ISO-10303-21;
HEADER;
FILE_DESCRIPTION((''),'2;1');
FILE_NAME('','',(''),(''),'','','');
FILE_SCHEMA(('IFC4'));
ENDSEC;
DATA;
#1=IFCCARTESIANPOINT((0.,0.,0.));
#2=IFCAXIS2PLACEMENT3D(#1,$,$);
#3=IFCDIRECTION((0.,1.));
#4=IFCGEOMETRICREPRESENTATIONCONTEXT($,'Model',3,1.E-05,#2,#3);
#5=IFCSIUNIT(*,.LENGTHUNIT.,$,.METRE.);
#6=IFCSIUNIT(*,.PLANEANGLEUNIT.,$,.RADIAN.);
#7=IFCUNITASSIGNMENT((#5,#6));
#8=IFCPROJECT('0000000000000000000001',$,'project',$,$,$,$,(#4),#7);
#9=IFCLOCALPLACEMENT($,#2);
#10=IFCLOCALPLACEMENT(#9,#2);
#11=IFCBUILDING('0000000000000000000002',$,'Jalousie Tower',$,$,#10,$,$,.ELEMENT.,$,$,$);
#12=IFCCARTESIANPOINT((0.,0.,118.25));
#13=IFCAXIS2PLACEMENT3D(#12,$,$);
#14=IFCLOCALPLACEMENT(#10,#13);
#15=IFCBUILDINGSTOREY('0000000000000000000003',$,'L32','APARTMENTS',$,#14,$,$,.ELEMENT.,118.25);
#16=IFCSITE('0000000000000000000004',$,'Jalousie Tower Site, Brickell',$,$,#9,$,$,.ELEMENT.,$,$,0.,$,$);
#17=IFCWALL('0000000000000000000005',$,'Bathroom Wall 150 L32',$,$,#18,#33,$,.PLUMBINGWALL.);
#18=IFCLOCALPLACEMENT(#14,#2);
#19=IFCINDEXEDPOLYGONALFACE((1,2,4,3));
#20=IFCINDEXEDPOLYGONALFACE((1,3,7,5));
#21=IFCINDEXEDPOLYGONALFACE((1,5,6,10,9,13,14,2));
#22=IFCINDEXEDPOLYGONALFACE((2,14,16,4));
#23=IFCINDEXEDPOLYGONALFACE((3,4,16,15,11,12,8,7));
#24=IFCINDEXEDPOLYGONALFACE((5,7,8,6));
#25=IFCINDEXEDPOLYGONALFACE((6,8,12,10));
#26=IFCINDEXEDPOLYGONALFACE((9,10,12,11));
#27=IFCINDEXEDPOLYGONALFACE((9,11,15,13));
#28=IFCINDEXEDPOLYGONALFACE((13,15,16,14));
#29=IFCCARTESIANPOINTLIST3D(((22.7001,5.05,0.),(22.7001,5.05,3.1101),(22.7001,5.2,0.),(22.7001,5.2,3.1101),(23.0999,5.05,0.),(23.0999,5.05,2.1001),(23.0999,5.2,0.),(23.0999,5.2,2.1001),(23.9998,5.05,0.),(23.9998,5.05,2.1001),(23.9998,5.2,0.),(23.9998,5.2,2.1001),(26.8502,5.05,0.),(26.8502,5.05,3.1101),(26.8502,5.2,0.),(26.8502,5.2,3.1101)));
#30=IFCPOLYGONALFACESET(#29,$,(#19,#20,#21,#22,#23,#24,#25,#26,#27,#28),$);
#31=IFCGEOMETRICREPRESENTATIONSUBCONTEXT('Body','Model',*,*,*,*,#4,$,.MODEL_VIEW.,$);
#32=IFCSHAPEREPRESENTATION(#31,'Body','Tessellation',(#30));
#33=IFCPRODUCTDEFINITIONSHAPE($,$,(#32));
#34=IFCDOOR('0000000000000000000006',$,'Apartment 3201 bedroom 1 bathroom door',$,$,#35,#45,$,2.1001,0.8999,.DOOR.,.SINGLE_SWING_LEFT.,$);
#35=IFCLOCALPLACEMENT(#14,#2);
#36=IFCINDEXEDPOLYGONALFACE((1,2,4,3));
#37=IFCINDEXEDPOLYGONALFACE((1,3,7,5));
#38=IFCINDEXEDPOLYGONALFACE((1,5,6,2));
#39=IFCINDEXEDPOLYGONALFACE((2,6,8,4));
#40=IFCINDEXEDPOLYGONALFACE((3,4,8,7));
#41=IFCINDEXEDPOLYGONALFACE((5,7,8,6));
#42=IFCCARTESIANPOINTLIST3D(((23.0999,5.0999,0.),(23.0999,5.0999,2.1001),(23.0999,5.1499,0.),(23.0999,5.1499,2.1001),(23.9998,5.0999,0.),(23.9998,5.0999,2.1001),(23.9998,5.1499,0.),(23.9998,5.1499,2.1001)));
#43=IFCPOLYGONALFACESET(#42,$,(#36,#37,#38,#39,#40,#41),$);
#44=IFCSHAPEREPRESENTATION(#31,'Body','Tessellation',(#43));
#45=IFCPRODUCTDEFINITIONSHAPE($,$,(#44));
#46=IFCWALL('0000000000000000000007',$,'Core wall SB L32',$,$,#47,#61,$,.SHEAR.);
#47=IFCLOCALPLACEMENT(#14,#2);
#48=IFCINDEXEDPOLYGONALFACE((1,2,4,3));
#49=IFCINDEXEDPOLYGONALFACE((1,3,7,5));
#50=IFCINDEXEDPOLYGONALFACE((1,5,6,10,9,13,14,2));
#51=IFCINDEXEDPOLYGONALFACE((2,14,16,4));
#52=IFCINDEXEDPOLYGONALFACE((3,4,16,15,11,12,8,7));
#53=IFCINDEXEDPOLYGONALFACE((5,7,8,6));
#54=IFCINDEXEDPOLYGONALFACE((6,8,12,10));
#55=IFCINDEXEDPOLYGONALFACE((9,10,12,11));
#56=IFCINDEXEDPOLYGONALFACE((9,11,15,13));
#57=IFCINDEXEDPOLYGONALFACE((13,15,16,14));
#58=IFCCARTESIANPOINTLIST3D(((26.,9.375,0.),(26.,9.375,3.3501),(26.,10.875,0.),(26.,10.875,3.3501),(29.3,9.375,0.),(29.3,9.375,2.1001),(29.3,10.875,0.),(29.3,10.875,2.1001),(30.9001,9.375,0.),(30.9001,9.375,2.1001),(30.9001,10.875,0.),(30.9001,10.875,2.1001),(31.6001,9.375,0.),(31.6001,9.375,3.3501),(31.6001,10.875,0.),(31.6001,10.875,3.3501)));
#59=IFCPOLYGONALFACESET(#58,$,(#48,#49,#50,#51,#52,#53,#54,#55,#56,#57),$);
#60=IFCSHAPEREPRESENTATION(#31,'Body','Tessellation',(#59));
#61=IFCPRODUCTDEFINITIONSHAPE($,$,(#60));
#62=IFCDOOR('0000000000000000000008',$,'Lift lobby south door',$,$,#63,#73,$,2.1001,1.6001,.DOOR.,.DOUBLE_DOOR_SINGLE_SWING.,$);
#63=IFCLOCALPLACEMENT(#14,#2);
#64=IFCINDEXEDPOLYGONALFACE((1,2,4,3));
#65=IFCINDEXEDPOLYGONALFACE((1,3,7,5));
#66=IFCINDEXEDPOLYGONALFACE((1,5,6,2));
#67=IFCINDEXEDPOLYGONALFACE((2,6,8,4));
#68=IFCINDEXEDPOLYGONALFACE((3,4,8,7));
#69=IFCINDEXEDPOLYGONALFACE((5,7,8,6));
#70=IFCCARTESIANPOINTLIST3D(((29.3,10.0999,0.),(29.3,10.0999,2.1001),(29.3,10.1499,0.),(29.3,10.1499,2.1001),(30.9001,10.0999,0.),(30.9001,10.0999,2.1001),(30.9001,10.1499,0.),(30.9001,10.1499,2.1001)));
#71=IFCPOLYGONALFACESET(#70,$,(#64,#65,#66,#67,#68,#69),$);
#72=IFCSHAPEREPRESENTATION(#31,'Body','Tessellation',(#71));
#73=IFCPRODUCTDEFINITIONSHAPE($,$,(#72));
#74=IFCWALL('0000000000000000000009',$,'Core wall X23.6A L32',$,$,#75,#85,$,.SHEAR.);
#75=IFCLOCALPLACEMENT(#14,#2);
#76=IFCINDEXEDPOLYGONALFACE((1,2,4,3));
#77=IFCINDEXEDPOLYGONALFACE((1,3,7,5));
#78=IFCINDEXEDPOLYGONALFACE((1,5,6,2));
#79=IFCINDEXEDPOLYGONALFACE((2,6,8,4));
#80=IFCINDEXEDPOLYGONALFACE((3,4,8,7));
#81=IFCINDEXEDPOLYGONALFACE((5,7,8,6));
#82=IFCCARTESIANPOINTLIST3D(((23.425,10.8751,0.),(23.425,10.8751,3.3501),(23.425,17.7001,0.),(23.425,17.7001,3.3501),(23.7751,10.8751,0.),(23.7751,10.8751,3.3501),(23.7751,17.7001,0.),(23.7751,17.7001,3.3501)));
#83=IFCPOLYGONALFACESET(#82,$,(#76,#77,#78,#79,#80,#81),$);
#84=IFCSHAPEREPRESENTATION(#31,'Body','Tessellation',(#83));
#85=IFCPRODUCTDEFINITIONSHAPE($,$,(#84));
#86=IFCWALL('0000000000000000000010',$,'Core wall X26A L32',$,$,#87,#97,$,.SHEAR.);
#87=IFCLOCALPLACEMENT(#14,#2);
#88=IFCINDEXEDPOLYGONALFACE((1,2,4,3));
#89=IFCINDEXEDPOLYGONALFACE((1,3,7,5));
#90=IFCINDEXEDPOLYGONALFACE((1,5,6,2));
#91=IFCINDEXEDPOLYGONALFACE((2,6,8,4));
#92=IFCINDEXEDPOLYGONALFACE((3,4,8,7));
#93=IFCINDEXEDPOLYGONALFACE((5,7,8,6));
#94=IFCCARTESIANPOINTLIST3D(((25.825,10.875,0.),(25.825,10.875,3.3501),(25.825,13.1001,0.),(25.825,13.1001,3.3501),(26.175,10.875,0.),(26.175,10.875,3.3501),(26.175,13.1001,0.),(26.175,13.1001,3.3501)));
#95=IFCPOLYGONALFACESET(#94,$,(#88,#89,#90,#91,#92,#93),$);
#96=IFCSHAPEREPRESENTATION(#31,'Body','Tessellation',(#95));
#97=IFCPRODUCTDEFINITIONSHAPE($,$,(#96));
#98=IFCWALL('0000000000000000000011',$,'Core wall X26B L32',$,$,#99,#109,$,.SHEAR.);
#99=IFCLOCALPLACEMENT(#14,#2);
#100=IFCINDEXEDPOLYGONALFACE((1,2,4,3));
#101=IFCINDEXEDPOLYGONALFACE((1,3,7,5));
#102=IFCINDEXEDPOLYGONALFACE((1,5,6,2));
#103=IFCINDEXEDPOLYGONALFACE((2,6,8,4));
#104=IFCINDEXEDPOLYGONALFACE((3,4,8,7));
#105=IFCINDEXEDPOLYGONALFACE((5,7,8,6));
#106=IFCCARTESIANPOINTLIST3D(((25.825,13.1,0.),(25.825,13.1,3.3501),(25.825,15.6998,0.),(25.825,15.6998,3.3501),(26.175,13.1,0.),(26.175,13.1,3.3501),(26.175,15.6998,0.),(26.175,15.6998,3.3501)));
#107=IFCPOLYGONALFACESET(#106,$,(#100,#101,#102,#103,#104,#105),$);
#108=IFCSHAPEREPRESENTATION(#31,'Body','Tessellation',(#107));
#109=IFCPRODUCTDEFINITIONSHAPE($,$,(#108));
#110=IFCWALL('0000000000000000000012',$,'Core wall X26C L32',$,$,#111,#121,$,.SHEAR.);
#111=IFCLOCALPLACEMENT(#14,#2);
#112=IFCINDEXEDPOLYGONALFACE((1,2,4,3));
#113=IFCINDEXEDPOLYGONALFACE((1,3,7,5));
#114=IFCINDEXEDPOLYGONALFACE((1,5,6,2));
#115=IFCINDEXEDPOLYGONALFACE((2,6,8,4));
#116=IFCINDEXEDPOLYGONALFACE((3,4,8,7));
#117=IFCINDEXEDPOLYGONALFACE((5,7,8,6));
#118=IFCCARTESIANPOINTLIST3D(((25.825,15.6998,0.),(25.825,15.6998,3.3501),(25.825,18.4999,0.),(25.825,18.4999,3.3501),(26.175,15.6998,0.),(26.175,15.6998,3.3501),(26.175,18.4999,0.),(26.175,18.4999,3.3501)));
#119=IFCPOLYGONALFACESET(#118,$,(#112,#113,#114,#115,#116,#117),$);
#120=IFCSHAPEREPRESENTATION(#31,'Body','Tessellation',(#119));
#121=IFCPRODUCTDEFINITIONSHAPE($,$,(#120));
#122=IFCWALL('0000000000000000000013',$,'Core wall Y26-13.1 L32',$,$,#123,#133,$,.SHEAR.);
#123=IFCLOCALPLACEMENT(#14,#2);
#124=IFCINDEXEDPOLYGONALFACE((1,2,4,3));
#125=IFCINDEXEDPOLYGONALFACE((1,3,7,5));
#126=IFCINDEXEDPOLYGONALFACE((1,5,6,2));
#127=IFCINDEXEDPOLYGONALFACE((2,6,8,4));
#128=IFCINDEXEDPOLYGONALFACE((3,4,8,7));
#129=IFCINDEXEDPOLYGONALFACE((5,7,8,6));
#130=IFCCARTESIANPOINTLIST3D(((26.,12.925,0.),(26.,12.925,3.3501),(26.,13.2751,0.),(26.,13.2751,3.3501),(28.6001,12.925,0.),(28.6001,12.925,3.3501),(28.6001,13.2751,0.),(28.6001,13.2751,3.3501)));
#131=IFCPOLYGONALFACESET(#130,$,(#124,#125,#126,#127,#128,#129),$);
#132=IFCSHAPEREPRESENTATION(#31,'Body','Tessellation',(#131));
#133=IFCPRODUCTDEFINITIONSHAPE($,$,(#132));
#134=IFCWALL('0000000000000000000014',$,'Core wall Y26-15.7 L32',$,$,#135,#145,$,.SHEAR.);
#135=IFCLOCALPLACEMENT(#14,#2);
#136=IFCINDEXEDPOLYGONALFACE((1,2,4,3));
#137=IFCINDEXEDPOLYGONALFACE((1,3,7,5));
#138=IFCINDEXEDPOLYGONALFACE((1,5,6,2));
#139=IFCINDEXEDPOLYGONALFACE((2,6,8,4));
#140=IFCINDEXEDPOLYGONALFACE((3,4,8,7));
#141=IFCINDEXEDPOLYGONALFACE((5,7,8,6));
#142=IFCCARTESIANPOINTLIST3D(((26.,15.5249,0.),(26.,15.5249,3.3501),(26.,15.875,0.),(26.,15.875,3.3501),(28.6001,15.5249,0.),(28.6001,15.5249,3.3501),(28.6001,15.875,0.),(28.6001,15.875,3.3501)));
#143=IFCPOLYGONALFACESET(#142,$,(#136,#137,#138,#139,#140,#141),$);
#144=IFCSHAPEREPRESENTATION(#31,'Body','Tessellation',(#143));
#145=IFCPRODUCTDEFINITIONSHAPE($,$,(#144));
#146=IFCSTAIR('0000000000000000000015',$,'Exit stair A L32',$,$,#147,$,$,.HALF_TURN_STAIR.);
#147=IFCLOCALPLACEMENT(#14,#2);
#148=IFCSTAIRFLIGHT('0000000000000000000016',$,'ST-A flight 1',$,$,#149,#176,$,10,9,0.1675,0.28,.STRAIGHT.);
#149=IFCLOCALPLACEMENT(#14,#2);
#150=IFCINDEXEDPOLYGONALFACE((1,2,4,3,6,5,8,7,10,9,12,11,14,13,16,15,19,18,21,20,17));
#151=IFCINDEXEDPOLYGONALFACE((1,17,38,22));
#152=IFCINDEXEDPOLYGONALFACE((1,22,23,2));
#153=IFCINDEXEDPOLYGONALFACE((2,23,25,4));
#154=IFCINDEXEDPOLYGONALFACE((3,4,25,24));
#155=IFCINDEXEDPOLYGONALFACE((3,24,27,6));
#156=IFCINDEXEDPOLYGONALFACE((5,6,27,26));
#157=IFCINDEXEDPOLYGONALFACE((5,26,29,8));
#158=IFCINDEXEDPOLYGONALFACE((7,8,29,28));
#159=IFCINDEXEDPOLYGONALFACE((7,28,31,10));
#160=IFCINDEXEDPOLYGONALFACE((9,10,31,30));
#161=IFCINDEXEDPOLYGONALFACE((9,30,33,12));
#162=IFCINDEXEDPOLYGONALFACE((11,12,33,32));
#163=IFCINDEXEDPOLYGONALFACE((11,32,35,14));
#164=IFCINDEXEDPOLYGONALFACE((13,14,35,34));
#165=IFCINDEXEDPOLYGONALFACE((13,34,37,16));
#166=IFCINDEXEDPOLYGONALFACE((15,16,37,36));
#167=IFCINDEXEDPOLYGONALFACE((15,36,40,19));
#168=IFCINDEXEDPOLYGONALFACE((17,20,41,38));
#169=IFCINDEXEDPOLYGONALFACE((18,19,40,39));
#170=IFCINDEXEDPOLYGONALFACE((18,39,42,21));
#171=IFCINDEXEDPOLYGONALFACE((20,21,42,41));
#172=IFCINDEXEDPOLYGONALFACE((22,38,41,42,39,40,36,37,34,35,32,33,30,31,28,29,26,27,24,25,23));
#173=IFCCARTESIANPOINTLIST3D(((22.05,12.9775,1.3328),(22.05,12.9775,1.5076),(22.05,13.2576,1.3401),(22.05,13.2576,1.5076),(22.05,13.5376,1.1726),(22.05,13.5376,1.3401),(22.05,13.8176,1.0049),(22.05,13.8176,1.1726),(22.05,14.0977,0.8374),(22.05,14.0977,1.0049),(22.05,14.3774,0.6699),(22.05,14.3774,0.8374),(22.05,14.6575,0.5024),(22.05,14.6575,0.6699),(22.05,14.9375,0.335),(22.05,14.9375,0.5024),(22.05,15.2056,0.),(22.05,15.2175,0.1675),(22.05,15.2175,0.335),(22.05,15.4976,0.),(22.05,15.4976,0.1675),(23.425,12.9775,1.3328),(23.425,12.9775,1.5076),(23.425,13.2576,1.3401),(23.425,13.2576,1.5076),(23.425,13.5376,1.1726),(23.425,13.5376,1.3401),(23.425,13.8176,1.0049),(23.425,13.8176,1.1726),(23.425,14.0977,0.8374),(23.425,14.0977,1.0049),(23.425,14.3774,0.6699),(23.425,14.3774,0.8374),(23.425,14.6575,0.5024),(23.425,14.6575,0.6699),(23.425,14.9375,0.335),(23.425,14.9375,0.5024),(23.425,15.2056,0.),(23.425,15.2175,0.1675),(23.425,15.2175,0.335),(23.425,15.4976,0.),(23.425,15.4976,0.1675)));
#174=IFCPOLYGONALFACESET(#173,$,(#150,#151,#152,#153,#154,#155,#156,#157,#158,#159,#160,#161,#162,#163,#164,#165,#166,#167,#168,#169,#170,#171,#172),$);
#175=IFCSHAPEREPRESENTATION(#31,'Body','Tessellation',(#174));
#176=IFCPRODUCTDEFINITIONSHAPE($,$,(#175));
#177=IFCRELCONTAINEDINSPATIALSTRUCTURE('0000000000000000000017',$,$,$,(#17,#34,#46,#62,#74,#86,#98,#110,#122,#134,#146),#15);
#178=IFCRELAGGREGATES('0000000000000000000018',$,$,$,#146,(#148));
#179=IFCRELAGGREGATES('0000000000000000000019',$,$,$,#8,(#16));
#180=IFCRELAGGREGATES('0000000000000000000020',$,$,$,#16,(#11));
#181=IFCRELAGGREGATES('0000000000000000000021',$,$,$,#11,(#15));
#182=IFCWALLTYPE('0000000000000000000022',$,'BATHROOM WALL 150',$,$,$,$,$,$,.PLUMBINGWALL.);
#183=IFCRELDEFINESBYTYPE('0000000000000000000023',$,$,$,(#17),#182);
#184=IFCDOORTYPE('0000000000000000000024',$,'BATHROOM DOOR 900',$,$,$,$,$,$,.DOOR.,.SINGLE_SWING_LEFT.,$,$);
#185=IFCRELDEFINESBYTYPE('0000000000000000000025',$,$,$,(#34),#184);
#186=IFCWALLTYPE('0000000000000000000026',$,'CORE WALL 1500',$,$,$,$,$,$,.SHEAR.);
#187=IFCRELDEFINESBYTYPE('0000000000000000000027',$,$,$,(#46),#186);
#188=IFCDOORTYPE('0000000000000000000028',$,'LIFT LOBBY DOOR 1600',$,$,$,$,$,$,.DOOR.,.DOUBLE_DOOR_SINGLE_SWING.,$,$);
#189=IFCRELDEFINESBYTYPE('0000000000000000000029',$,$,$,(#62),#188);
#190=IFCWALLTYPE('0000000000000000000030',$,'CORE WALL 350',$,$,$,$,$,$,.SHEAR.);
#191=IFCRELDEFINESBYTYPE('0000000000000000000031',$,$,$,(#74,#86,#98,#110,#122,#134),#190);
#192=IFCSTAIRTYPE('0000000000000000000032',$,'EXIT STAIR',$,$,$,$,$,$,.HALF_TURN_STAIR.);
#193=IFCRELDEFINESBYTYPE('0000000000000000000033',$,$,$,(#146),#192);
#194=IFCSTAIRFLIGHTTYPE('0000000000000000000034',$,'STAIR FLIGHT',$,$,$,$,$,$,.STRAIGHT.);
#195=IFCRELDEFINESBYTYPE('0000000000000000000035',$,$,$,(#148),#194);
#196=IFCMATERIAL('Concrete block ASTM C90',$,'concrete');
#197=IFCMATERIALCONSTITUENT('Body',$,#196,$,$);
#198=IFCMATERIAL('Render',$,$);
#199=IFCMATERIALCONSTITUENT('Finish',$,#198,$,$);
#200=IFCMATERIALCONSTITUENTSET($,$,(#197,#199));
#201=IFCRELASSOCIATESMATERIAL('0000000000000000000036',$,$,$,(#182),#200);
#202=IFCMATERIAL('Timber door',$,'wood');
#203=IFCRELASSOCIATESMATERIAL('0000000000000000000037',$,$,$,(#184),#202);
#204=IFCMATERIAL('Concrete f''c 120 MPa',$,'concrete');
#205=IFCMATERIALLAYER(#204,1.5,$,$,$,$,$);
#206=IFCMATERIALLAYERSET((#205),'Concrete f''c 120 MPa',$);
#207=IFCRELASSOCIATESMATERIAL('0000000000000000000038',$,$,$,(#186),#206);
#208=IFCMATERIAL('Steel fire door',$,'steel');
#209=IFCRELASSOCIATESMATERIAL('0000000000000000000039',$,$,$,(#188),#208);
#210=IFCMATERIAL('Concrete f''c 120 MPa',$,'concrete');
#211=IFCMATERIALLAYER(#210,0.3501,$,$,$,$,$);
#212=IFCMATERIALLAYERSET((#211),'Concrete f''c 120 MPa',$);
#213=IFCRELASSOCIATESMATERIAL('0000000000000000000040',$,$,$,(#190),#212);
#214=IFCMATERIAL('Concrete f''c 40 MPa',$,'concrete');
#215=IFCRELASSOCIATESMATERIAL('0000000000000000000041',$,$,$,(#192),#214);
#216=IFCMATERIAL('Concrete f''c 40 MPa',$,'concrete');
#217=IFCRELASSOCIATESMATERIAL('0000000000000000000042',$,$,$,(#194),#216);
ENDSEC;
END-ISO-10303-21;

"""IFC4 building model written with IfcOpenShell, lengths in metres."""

from ifc_helpers import new_model, si_unit, direction, frame, frame_2d, origin, place, context, subcontext, project, spatial, polyline, rectangle, outline, extrude, material, layer, layer_set, constituent, constituent_set, type_object, element, fill, aggregate, save


model = new_model("IFC4")

# Units and contexts
model_context = context("Model", 3, precision=1e-05, world=origin(), true_north=direction((0.0, 1.0)))
body_context = subcontext(model_context, "Body", "Model", "MODEL_VIEW")
ifc_project = project(units=[si_unit("LENGTHUNIT", "METRE"), si_unit("PLANEANGLEUNIT", "RADIAN")], contexts=[model_context])

# Site, building, storey
site_placement = place(None, origin())
site = spatial("IfcSite", under=ifc_project, at=site_placement, Name="Jalousie Tower Site, Brickell", CompositionType="ELEMENT", RefElevation=0.0)
building_placement = place(site_placement, origin())
building = spatial("IfcBuilding", under=site, at=building_placement, Name="Jalousie Tower", CompositionType="ELEMENT")
storey_placement = place(building_placement, frame((0.0, 0.0, 118.25)))
storey = spatial("IfcBuildingStorey", under=building, at=storey_placement, Name="L32", Description="APARTMENTS", CompositionType="ELEMENT", Elevation=118.25)

# Walls, openings, doors
ifc_material_1 = material(Name="Concrete block ASTM C90", Category="concrete")
ifc_constituent_1 = constituent(ifc_material_1, Name="Body")
ifc_material_2 = material(Name="Render")
ifc_constituent_2 = constituent(ifc_material_2, Name="Finish")
ifc_constituent_set_1 = constituent_set(constituents=[ifc_constituent_1, ifc_constituent_2])
wall_type_1 = type_object("IfcWallType", Name="BATHROOM WALL 150", PredefinedType="PLUMBINGWALL", material=ifc_constituent_set_1)
wall_1_placement = place(storey_placement, frame((22.7, 5.125, 0.0), z_axis=(0.0, 0.0, 1.0), x_axis=(1.0, 0.0, 0.0)))
wall_1 = element("IfcWall", 1, at=wall_1_placement, inside=storey, type_object=wall_type_1, Name="Bathroom Wall 150 L32", PredefinedType="PLUMBINGWALL", context=body_context, shape_type="SweptSolid", body=[
    extrude(rectangle(XDim=4.1501, YDim=0.1499, at=frame_2d((2.0752, 0.0))), origin(), (0.0, 0.0, 1.0), 3.1101),
])
opening_1_placement = place(wall_1_placement, frame((0.3999, 0.0, 0.0)))
opening_1 = element("IfcOpeningElement", 2, at=opening_1_placement, cuts=wall_1, PredefinedType="OPENING", context=body_context, shape_type="SweptSolid", body=[
    extrude(rectangle(XDim=0.8999, YDim=2.1001, at=frame_2d((0.45, 1.05))), frame((0.0, 0.085, 0.0), z_axis=(0.0, -1.0, 0.0), x_axis=(1.0, 0.0, 0.0)), (0.0, 0.0, 1.0), 0.1699),
])
ifc_material_3 = material(Name="Timber door", Category="wood")
door_type_1 = type_object("IfcDoorType", Name="BATHROOM DOOR 900", OperationType="SINGLE_SWING_LEFT", PredefinedType="DOOR", material=ifc_material_3)
door_1_placement = place(opening_1_placement, origin())
door_1 = element("IfcDoor", 3, at=door_1_placement, inside=storey, type_object=door_type_1, Name="Apartment 3201 bedroom 1 bathroom door", OperationType="SINGLE_SWING_LEFT", OverallHeight=2.1001, OverallWidth=0.8999, PredefinedType="DOOR", context=body_context, shape_type="SweptSolid", body=[
    extrude(rectangle(XDim=0.8999, YDim=2.1001, at=frame_2d((0.45, 1.05))), frame((0.0, 0.0249, 0.0), z_axis=(0.0, -1.0, 0.0), x_axis=(1.0, 0.0, 0.0)), (0.0, 0.0, 1.0), 0.05),
])
fill(opening_1, door_1)
ifc_material_4 = material(Name="Concrete f'c 120 MPa", Category="concrete")
ifc_layer_1 = layer(ifc_material_4, 1.5)
ifc_layer_set_1 = layer_set([ifc_layer_1], Name="Concrete f'c 120 MPa")
wall_type_2 = type_object("IfcWallType", Name="CORE WALL 1500", PredefinedType="SHEAR", material=ifc_layer_set_1)
wall_2_placement = place(storey_placement, frame((26.0, 10.125, 0.0), z_axis=(0.0, 0.0, 1.0), x_axis=(1.0, 0.0, 0.0)))
wall_2 = element("IfcWall", 4, at=wall_2_placement, inside=storey, type_object=wall_type_2, Name="Core wall SB L32", PredefinedType="SHEAR", context=body_context, shape_type="SweptSolid", body=[
    extrude(rectangle(XDim=5.6001, YDim=1.5, at=frame_2d((2.8, 0.0))), origin(), (0.0, 0.0, 1.0), 3.3501),
])
opening_2_placement = place(wall_2_placement, frame((3.3, 0.0, 0.0)))
opening_2 = element("IfcOpeningElement", 5, at=opening_2_placement, cuts=wall_2, PredefinedType="OPENING", context=body_context, shape_type="SweptSolid", body=[
    extrude(rectangle(XDim=1.6001, YDim=2.1001, at=frame_2d((0.8, 1.05))), frame((0.0, 0.76, 0.0), z_axis=(0.0, -1.0, 0.0), x_axis=(1.0, 0.0, 0.0)), (0.0, 0.0, 1.0), 1.52),
])
ifc_material_5 = material(Name="Steel fire door", Category="steel")
door_type_2 = type_object("IfcDoorType", Name="LIFT LOBBY DOOR 1600", OperationType="DOUBLE_DOOR_SINGLE_SWING", PredefinedType="DOOR", material=ifc_material_5)
door_2_placement = place(opening_2_placement, origin())
door_2 = element("IfcDoor", 6, at=door_2_placement, inside=storey, type_object=door_type_2, Name="Lift lobby south door", OperationType="DOUBLE_DOOR_SINGLE_SWING", OverallHeight=2.1001, OverallWidth=1.6001, PredefinedType="DOOR", context=body_context, shape_type="SweptSolid", body=[
    extrude(rectangle(XDim=1.6001, YDim=2.1001, at=frame_2d((0.8, 1.05))), frame((0.0, 0.0249, 0.0), z_axis=(0.0, -1.0, 0.0), x_axis=(1.0, 0.0, 0.0)), (0.0, 0.0, 1.0), 0.05),
])
fill(opening_2, door_2)

# Walls
ifc_material_6 = material(Name="Concrete f'c 120 MPa", Category="concrete")
ifc_layer_2 = layer(ifc_material_6, 0.3501)
ifc_layer_set_2 = layer_set([ifc_layer_2], Name="Concrete f'c 120 MPa")
wall_type_3 = type_object("IfcWallType", Name="CORE WALL 350", PredefinedType="SHEAR", material=ifc_layer_set_2)
wall_3_placement = place(storey_placement, frame((23.6001, 10.875, 0.0), z_axis=(0.0, 0.0, 1.0), x_axis=(0.0, 1.0, 0.0)))
element("IfcWall", 7, at=wall_3_placement, inside=storey, type_object=wall_type_3, Name="Core wall X23.6A L32", PredefinedType="SHEAR", context=body_context, shape_type="SweptSolid", body=[
    extrude(rectangle(XDim=6.825, YDim=0.3501, at=frame_2d((3.4126, 0.0))), origin(), (0.0, 0.0, 1.0), 3.3501),
])
wall_4_placement = place(storey_placement, frame((26.0, 10.875, 0.0), z_axis=(0.0, 0.0, 1.0), x_axis=(0.0, 1.0, 0.0)))
element("IfcWall", 8, at=wall_4_placement, inside=storey, type_object=wall_type_3, Name="Core wall X26A L32", PredefinedType="SHEAR", context=body_context, shape_type="SweptSolid", body=[
    extrude(rectangle(XDim=2.2251, YDim=0.3501, at=frame_2d((1.1125, 0.0))), origin(), (0.0, 0.0, 1.0), 3.3501),
])
wall_5_placement = place(storey_placement, frame((26.0, 13.1001, 0.0), z_axis=(0.0, 0.0, 1.0), x_axis=(0.0, 1.0, 0.0)))
element("IfcWall", 9, at=wall_5_placement, inside=storey, type_object=wall_type_3, Name="Core wall X26B L32", PredefinedType="SHEAR", context=body_context, shape_type="SweptSolid", body=[
    extrude(rectangle(XDim=2.5999, YDim=0.3501, at=frame_2d((1.2998, 0.0))), origin(), (0.0, 0.0, 1.0), 3.3501),
])
wall_6_placement = place(storey_placement, frame((26.0, 15.7, 0.0), z_axis=(0.0, 0.0, 1.0), x_axis=(0.0, 1.0, 0.0)))
element("IfcWall", 10, at=wall_6_placement, inside=storey, type_object=wall_type_3, Name="Core wall X26C L32", PredefinedType="SHEAR", context=body_context, shape_type="SweptSolid", body=[
    extrude(rectangle(XDim=2.8, YDim=0.3501, at=frame_2d((1.3999, 0.0))), origin(), (0.0, 0.0, 1.0), 3.3501),
])
for number, where, z_axis, x_axis, name in (
    (11, (26.0, 13.1001, 0.0), (0.0, 0.0, 1.0), (1.0, 0.0, 0.0), "Core wall Y26-13.1 L32"),
    (12, (26.0, 15.7, 0.0), (0.0, 0.0, 1.0), (1.0, 0.0, 0.0), "Core wall Y26-15.7 L32"),
):
    element("IfcWall", number, at=place(storey_placement, frame(where, z_axis=z_axis, x_axis=x_axis)), inside=storey, type_object=wall_type_3, Name=name, PredefinedType="SHEAR", context=body_context, shape_type="SweptSolid", body=[
        extrude(rectangle(XDim=2.6001, YDim=0.3501, at=frame_2d((1.3, 0.0))), origin(), (0.0, 0.0, 1.0), 3.3501),
    ])

# Stair, stair flight
ifc_material_7 = material(Name="Concrete f'c 40 MPa", Category="concrete")
stair_type = type_object("IfcStairType", Name="EXIT STAIR", PredefinedType="HALF_TURN_STAIR", material=ifc_material_7)
stair_placement = place(storey_placement, origin())
stair = element("IfcStair", 13, at=stair_placement, inside=storey, type_object=stair_type, Name="Exit stair A L32", PredefinedType="HALF_TURN_STAIR")
ifc_material_8 = material(Name="Concrete f'c 40 MPa", Category="concrete")
stair_flight_type = type_object("IfcStairFlightType", Name="STAIR FLIGHT", PredefinedType="STRAIGHT", material=ifc_material_8)
stair_flight_1_placement = place(storey_placement, frame((22.7375, 15.4976, 0.0), z_axis=(0.0, 0.0, 1.0), x_axis=(0.0, -1.0, 0.0)))
stair_flight_1 = element("IfcStairFlight", 14, at=stair_flight_1_placement, type_object=stair_flight_type, Name="ST-A flight 1", NumberOfRisers=10, NumberOfTreads=9, PredefinedType="STRAIGHT", RiserHeight=0.1675, TreadLength=0.28, context=body_context, shape_type="SweptSolid", body=[
    extrude(outline(polyline([(0.0, 0.0), (0.0, 0.1675), (0.28, 0.1675), (0.28, 0.335), (0.5601, 0.335), (0.5601, 0.5024), (0.8401, 0.5024), (0.8401, 0.6699), (1.1201, 0.6699), (1.1201, 0.8374), (1.3999, 0.8374), (1.3999, 1.0049), (1.6799, 1.0049), (1.6799, 1.1726), (1.96, 1.1726), (1.96, 1.3401), (2.24, 1.3401), (2.24, 1.5076), (2.52, 1.5076), (2.52, 1.675), (2.52, 1.3328), (0.292, 0.0), (0.0, 0.0)])), frame((0.0, 0.6875, 0.0), z_axis=(0.0, -1.0, 0.0), x_axis=(1.0, 0.0, 0.0)), (0.0, 0.0, 1.0), 1.375),
])
aggregate(stair, [stair_flight_1])

save(model, "model.ifc")
